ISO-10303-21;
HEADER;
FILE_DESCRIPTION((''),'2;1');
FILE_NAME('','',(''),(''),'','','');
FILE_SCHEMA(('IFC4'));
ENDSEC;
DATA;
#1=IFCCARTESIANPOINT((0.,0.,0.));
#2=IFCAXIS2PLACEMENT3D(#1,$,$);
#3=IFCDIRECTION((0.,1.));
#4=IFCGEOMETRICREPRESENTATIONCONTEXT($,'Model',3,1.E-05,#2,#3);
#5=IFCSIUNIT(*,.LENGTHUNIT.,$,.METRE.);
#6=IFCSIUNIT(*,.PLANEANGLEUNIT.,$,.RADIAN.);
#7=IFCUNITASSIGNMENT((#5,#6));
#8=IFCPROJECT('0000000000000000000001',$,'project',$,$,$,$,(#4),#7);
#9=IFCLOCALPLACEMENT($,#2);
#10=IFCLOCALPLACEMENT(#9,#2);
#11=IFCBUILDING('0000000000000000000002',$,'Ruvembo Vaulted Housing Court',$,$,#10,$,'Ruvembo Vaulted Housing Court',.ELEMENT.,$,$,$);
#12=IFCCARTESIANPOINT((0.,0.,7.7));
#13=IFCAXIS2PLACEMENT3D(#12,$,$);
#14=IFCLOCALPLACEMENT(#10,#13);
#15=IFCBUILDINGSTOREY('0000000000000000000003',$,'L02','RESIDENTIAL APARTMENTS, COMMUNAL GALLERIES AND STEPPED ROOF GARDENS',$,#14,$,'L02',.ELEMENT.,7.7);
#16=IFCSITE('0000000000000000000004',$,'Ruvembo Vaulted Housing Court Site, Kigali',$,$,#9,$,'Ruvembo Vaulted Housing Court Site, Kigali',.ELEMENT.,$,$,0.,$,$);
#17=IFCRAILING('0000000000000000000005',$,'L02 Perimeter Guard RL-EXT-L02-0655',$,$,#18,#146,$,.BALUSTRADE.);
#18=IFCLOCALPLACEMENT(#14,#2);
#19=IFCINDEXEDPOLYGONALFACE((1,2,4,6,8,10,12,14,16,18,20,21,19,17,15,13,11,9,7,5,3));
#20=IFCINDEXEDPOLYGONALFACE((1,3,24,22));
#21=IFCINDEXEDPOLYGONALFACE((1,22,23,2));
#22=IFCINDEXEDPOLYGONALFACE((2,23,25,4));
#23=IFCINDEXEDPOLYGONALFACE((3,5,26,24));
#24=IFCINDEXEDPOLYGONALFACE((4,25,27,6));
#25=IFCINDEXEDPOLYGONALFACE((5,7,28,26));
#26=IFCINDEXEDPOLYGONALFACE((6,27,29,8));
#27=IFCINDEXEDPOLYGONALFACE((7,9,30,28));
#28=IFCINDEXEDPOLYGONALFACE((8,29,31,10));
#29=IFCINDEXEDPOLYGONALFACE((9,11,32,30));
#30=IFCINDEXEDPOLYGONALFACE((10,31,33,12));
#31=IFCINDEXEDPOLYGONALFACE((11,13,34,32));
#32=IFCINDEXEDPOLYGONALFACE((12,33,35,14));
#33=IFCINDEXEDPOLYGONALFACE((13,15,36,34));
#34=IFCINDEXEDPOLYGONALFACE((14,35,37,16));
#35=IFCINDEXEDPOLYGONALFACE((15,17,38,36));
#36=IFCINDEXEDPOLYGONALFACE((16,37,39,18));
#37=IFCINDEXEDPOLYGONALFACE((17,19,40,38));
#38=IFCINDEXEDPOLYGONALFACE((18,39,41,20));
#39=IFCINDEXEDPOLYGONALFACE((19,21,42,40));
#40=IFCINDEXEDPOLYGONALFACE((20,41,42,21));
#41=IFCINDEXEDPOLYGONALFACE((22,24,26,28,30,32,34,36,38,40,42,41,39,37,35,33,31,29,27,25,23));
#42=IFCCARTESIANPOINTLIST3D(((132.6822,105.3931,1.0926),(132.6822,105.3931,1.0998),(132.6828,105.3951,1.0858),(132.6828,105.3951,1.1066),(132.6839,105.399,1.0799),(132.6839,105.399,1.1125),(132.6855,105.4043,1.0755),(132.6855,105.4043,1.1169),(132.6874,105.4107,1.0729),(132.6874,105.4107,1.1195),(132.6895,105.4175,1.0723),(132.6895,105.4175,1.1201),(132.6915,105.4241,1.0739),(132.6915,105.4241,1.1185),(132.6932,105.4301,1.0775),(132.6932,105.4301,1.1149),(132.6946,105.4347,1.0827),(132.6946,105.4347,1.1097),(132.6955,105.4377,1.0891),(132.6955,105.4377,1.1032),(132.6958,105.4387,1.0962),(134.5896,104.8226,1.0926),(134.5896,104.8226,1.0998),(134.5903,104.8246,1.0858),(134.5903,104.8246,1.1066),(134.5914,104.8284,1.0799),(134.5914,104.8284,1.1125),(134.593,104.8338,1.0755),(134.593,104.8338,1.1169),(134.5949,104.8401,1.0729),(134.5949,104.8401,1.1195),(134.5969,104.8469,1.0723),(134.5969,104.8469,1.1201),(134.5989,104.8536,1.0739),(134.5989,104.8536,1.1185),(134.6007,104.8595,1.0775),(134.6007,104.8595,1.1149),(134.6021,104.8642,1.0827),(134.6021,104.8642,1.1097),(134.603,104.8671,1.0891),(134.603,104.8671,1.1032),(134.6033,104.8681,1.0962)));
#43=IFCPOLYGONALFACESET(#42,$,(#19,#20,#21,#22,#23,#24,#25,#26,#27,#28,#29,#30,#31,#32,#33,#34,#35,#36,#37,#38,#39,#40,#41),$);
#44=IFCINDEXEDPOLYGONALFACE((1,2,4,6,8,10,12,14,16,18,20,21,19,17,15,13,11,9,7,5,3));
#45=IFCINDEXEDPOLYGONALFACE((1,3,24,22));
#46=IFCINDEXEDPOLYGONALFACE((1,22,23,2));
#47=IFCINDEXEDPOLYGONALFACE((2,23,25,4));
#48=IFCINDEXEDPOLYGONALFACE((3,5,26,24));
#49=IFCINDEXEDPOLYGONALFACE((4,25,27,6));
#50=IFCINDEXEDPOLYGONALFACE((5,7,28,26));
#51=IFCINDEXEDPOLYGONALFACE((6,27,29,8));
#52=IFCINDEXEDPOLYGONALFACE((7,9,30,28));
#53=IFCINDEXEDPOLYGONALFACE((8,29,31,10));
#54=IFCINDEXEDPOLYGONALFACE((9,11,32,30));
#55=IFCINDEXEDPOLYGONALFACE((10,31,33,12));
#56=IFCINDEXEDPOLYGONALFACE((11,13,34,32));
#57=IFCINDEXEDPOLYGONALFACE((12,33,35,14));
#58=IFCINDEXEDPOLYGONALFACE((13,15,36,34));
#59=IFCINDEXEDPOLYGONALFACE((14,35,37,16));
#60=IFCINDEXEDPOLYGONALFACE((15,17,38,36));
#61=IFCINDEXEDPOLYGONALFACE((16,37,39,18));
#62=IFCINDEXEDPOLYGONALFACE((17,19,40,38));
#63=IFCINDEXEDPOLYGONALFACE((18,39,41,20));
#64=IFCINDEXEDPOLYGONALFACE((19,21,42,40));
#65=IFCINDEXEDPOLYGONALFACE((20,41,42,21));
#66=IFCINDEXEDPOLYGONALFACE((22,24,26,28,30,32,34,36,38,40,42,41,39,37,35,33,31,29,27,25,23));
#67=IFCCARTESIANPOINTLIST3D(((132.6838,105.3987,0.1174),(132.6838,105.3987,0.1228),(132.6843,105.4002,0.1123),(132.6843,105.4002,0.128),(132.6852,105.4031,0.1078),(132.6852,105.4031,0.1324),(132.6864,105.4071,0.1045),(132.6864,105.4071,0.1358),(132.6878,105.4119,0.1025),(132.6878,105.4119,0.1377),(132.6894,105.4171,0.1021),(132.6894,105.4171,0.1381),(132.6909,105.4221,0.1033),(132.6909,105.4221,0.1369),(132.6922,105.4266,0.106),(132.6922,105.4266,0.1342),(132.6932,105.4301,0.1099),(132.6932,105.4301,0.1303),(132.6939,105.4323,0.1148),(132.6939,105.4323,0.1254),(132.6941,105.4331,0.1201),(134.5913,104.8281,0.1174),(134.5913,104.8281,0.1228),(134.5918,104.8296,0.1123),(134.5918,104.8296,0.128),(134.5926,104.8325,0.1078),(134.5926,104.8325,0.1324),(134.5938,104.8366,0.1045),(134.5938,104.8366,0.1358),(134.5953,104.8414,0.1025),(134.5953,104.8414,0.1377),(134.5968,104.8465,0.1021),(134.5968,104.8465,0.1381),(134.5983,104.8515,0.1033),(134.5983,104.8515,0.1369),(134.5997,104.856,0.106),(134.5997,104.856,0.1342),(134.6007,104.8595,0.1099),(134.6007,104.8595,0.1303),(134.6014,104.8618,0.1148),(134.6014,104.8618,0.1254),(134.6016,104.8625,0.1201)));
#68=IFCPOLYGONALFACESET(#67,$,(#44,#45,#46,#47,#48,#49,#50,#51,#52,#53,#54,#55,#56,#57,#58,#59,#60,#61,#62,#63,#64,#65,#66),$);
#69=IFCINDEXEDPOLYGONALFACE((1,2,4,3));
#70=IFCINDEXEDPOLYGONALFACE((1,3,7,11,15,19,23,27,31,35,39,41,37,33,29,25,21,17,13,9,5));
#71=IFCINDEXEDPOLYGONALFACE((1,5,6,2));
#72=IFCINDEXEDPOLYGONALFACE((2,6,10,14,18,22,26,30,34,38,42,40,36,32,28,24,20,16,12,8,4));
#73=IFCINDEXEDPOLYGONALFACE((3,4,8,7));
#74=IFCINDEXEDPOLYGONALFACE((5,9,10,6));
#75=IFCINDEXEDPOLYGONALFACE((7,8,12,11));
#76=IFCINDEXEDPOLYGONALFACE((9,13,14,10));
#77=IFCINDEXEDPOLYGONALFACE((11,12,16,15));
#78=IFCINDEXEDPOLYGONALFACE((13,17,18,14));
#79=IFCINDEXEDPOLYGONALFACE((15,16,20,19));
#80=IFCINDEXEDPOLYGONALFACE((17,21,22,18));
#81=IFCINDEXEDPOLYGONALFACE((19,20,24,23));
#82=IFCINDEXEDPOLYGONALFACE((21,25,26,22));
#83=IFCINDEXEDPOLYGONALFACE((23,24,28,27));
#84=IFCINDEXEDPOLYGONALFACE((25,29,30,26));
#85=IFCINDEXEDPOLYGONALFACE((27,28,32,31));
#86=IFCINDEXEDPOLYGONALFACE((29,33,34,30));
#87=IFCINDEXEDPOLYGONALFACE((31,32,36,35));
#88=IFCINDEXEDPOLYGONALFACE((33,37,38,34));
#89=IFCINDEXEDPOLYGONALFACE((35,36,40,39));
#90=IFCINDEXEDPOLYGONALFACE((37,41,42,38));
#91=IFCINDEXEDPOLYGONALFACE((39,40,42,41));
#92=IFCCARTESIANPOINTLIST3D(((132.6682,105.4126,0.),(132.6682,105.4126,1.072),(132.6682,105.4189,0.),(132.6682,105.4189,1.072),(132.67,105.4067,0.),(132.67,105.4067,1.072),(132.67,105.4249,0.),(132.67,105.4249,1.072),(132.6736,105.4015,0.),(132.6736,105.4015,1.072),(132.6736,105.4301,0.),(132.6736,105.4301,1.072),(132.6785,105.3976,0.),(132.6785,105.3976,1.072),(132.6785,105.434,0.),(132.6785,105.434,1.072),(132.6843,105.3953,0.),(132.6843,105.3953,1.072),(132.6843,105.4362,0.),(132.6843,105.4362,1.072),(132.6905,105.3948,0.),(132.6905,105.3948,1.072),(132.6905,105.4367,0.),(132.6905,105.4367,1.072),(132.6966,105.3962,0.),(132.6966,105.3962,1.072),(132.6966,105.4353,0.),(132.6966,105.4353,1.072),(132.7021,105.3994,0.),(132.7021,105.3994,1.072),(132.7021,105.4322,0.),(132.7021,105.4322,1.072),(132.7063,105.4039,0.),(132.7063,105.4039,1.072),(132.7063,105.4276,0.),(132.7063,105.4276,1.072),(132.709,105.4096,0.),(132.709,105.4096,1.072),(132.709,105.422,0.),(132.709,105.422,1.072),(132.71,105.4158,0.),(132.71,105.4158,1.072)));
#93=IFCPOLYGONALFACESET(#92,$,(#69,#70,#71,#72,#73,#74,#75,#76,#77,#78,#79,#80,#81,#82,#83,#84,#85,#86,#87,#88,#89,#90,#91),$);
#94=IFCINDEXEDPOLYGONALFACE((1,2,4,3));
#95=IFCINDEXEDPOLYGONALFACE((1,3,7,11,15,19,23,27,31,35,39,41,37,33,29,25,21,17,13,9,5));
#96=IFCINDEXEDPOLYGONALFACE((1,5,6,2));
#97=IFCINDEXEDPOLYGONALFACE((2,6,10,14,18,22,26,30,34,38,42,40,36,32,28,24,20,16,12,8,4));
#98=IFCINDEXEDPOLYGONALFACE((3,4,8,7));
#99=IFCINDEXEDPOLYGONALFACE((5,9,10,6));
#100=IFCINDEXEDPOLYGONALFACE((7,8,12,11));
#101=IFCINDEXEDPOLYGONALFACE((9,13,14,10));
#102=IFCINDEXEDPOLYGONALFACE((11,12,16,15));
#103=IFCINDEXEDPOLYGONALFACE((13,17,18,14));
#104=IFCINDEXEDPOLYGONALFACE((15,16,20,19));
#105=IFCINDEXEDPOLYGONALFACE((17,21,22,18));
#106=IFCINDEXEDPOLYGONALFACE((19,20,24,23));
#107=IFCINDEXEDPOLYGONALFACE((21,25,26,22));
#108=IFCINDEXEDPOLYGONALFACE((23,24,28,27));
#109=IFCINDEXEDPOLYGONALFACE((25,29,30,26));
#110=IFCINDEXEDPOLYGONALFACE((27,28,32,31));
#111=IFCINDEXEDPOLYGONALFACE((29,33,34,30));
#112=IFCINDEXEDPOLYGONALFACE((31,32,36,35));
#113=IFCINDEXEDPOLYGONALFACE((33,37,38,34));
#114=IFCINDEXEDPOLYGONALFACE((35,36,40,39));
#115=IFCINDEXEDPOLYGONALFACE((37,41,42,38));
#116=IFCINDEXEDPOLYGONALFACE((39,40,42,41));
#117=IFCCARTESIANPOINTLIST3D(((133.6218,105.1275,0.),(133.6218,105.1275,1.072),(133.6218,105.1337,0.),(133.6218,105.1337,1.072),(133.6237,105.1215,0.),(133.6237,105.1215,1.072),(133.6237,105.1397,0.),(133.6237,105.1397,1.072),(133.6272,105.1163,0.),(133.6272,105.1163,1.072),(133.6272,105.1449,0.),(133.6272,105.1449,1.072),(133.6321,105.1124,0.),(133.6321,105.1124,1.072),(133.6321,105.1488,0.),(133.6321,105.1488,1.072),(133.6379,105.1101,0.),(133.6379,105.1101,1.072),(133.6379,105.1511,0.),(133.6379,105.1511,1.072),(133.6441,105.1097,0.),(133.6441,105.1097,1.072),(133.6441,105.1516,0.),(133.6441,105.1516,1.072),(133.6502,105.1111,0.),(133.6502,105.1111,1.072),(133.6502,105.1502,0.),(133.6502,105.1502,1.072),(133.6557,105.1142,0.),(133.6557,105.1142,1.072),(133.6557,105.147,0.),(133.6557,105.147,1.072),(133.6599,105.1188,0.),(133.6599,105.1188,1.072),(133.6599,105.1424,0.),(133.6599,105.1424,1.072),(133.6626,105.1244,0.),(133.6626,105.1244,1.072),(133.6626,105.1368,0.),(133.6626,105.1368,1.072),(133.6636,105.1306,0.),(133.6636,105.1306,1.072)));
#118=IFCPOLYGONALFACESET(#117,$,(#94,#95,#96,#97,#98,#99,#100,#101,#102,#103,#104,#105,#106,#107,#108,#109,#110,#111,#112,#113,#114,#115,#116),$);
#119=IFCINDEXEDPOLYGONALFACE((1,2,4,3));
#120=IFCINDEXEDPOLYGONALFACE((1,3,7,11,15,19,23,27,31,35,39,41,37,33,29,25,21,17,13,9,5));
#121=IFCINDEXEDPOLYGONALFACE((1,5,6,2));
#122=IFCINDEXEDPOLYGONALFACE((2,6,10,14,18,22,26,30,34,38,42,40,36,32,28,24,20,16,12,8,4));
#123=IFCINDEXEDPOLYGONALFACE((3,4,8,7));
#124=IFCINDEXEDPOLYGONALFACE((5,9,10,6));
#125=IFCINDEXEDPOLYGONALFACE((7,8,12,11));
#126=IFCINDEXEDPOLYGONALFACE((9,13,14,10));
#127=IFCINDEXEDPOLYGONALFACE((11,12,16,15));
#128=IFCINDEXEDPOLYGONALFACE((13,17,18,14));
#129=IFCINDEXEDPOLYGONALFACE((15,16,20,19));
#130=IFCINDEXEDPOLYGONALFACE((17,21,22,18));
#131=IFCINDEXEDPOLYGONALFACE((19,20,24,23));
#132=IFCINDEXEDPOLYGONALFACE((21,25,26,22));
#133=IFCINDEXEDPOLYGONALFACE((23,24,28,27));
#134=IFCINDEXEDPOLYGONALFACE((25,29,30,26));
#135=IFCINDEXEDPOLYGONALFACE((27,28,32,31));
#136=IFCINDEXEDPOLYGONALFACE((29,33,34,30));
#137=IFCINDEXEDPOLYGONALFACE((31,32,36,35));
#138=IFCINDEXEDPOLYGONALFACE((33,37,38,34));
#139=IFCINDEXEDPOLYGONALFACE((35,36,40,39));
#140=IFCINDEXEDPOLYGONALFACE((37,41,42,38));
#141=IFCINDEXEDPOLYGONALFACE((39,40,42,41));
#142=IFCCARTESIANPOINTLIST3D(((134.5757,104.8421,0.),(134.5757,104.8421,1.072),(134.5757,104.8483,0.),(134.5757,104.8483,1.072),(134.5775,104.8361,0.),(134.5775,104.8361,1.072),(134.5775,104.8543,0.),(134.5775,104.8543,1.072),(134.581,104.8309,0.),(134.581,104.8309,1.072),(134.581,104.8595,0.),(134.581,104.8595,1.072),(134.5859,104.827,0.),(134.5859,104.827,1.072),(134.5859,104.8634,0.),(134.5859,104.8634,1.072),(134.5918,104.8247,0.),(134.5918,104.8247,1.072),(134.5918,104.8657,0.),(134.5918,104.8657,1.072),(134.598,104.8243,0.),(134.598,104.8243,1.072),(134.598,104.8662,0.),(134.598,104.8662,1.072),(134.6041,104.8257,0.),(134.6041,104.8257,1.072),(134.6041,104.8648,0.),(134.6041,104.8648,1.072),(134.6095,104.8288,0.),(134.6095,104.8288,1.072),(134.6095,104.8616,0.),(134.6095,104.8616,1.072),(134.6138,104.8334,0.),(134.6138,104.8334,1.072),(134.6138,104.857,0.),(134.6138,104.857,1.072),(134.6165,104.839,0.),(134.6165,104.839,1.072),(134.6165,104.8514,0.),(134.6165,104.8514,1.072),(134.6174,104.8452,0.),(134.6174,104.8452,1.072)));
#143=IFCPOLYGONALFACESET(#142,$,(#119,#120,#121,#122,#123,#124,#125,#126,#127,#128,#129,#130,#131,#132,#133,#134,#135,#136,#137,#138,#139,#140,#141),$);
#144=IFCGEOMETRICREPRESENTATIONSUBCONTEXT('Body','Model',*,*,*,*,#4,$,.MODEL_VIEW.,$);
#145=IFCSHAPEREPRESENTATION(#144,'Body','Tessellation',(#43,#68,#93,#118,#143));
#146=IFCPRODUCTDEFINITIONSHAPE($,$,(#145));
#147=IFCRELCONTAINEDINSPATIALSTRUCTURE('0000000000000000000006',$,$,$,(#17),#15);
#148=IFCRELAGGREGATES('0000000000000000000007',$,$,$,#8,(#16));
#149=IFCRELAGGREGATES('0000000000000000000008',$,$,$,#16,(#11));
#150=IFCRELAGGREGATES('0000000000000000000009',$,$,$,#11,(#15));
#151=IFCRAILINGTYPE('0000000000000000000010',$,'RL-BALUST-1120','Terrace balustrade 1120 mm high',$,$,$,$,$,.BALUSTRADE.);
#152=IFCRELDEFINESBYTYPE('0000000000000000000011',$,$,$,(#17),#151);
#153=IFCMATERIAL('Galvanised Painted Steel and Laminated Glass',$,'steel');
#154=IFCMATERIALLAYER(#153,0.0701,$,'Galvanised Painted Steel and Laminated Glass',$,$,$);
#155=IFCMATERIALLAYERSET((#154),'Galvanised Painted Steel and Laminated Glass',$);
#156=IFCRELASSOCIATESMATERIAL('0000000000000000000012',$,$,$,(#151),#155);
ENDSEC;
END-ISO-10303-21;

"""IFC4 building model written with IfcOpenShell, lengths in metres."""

from ifc_helpers import new_model, si_unit, direction, frame, origin, origin_2d, place, context, subcontext, project, spatial, circle, extrude, material, layer, layer_set, type_object, element, save


model = new_model("IFC4")

# Units and contexts
model_context = context("Model", 3, precision=1e-05, world=origin(), true_north=direction((0.0, 1.0)))
body_context = subcontext(model_context, "Body", "Model", "MODEL_VIEW")
ifc_project = project(units=[si_unit("LENGTHUNIT", "METRE"), si_unit("PLANEANGLEUNIT", "RADIAN")], contexts=[model_context])

# Site, building, storey
site_placement = place(None, origin())
site = spatial("IfcSite", under=ifc_project, at=site_placement, Name="Ruvembo Vaulted Housing Court Site, Kigali", LongName="Ruvembo Vaulted Housing Court Site, Kigali", CompositionType="ELEMENT", RefElevation=0.0)
building_placement = place(site_placement, origin())
building = spatial("IfcBuilding", under=site, at=building_placement, Name="Ruvembo Vaulted Housing Court", LongName="Ruvembo Vaulted Housing Court", CompositionType="ELEMENT")
storey_placement = place(building_placement, frame((0.0, 0.0, 7.7)))
storey = spatial("IfcBuildingStorey", under=building, at=storey_placement, Name="L02", Description="RESIDENTIAL APARTMENTS, COMMUNAL GALLERIES AND STEPPED ROOF GARDENS", LongName="L02", CompositionType="ELEMENT", Elevation=7.7)

# Railing
ifc_material_1 = material(Name="Galvanised Painted Steel and Laminated Glass", Category="steel")
ifc_layer_1 = layer(ifc_material_1, 0.0701, Name="Galvanised Painted Steel and Laminated Glass")
ifc_layer_set_1 = layer_set([ifc_layer_1], Name="Galvanised Painted Steel and Laminated Glass")
railing_type = type_object("IfcRailingType", Name="RL-BALUST-1120", Description="Terrace balustrade 1120 mm high", PredefinedType="BALUSTRADE", material=ifc_layer_set_1)
railing_1_placement = place(storey_placement, frame((132.689, 105.4158, 0.0)))
element("IfcRailing", 1, at=railing_1_placement, inside=storey, type_object=railing_type, Name="L02 Perimeter Guard RL-EXT-L02-0655", PredefinedType="BALUSTRADE", context=body_context, shape_type="SweptSolid", body=[
    extrude(circle(Radius=0.0239, at=origin_2d()), frame((0.0, 0.0, 1.0962), z_axis=(0.958059, -0.286572, 0.0), x_axis=(0.286572, 0.958059, 0.0)), (0.0, 0.0, 1.0), 1.991),
    extrude(circle(Radius=0.0181, at=origin_2d()), frame((0.0, 0.0, 0.1201), z_axis=(0.958059, -0.286572, 0.0), x_axis=(0.286572, 0.958059, 0.0)), (0.0, 0.0, 1.0), 1.991),
    extrude(circle(Radius=0.021, at=origin_2d()), origin(), (0.0, 0.0, 1.0), 1.072),
    extrude(circle(Radius=0.021, at=origin_2d()), frame((0.9536, -0.2852, 0.0)), (0.0, 0.0, 1.0), 1.072),
    extrude(circle(Radius=0.021, at=origin_2d()), frame((1.9075, -0.5706, 0.0)), (0.0, 0.0, 1.0), 1.072),
])

save(model, "model.ifc")
